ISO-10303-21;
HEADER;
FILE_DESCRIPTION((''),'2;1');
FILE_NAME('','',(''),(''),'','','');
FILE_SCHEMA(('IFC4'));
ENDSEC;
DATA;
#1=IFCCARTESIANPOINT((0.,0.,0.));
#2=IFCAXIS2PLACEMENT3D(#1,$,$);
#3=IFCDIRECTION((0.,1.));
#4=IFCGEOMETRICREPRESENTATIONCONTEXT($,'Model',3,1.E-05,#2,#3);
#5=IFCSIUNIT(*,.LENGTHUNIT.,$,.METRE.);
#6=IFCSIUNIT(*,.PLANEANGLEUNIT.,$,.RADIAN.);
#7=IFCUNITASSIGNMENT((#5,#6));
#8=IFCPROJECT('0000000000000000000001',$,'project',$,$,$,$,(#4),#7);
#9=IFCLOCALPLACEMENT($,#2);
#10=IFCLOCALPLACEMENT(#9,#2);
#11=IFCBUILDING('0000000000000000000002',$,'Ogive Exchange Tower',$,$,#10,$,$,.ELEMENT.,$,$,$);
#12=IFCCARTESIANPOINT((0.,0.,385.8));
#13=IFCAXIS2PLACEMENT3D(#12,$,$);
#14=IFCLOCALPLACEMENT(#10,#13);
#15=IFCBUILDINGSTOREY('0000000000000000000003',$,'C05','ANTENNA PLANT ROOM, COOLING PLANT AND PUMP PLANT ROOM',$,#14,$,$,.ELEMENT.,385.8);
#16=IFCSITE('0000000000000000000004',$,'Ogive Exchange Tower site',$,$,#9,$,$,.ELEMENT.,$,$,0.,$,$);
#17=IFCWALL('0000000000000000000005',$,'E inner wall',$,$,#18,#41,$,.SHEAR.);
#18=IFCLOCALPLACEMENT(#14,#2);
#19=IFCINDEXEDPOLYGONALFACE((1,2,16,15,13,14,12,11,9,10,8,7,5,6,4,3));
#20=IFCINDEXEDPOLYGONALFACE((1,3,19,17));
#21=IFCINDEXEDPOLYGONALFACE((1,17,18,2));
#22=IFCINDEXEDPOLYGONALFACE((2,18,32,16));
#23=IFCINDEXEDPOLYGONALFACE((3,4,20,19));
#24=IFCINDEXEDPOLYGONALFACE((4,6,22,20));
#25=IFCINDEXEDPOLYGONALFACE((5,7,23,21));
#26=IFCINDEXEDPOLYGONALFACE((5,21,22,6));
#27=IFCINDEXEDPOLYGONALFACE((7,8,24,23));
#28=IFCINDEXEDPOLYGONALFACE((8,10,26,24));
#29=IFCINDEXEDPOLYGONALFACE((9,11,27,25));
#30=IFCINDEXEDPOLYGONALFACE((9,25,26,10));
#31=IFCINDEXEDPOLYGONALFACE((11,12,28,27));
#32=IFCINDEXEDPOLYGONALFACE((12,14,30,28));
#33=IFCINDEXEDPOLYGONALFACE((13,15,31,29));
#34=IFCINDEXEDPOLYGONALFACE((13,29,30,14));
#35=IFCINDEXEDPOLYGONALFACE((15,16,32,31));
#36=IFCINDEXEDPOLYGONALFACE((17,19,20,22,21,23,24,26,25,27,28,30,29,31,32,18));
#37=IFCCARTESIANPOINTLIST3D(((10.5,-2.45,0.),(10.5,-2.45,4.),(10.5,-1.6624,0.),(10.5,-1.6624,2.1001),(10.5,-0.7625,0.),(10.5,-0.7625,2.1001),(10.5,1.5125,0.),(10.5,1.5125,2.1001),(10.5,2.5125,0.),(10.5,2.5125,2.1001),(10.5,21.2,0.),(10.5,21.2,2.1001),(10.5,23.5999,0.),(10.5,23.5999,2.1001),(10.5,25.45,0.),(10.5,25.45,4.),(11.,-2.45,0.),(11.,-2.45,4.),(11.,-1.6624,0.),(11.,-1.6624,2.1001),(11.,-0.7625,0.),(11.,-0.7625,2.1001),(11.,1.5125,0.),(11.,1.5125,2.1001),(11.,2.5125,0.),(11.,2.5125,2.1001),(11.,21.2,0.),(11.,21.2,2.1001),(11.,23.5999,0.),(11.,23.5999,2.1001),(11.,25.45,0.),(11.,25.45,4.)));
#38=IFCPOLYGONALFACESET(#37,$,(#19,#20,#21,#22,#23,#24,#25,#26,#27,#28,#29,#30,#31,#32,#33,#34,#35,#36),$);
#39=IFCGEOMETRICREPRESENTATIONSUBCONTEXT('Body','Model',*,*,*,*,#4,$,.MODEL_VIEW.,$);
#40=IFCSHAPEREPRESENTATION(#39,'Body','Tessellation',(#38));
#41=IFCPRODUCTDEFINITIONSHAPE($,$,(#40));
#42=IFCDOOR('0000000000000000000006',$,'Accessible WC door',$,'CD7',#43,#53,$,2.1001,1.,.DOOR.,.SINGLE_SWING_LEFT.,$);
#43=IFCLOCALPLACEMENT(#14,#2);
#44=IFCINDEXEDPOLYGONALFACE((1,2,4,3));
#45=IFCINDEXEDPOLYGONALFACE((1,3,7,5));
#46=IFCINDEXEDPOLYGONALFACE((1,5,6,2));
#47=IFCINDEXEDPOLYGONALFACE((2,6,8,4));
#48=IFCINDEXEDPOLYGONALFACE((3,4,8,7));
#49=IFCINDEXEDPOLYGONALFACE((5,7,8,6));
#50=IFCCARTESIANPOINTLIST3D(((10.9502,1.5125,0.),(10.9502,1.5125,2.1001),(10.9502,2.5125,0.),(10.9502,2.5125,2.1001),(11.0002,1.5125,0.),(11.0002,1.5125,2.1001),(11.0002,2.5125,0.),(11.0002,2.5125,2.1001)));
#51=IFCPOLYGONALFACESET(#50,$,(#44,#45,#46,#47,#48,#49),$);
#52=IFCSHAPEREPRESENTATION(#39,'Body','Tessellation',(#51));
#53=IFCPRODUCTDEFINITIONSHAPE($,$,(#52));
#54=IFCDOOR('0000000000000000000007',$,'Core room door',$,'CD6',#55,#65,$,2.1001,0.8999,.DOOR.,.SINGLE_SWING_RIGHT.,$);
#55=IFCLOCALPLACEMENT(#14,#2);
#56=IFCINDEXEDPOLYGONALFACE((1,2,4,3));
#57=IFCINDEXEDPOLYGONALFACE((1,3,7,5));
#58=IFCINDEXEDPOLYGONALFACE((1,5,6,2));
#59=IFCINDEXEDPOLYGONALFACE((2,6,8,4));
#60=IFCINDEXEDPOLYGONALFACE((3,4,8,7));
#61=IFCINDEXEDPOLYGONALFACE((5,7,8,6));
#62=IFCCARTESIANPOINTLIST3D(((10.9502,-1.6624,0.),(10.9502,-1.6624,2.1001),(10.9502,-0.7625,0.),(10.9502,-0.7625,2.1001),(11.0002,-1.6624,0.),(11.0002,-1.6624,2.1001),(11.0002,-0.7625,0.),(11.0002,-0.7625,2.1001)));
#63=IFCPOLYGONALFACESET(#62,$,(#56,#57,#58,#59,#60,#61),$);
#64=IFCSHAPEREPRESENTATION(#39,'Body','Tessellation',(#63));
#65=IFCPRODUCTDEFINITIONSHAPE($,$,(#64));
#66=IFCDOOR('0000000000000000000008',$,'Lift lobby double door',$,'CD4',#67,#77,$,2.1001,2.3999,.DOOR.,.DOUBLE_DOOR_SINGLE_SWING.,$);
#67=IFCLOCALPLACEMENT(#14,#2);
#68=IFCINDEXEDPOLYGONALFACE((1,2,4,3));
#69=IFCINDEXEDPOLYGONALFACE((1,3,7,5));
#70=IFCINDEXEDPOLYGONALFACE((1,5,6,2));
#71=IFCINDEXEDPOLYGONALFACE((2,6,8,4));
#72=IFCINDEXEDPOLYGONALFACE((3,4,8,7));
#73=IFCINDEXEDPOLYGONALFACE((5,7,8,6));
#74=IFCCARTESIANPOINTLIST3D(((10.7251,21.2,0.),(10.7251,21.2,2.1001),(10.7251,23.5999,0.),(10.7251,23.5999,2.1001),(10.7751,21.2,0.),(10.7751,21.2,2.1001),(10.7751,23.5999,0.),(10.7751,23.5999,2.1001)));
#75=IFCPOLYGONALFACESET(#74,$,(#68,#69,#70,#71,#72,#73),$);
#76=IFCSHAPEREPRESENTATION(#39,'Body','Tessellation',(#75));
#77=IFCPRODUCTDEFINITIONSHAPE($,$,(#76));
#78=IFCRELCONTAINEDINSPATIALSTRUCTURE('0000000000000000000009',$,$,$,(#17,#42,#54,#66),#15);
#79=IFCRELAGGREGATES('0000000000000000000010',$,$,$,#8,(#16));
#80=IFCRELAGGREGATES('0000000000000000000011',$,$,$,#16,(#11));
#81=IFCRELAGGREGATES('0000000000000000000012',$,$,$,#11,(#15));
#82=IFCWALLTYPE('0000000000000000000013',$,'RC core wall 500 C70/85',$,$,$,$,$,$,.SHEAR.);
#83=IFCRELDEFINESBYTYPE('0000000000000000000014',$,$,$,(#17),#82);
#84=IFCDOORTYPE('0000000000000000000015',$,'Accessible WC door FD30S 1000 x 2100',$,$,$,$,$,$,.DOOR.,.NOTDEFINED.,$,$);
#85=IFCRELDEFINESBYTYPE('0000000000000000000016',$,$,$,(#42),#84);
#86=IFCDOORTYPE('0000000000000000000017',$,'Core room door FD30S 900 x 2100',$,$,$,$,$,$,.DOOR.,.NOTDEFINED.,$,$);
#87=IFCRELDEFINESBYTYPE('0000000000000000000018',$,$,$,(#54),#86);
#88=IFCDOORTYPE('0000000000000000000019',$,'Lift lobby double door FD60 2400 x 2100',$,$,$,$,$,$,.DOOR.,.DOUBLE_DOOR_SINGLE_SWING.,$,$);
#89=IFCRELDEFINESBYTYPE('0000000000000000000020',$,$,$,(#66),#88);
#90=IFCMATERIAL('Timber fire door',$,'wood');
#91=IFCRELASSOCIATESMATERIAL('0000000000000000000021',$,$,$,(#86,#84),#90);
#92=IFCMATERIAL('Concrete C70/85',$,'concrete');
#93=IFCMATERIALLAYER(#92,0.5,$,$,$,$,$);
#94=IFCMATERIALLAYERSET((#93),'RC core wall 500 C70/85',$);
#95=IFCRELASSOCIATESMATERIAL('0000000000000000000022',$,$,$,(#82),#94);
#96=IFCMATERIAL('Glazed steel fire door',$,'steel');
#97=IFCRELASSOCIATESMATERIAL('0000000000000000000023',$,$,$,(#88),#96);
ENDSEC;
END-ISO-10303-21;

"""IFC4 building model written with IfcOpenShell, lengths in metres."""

from ifc_helpers import new_model, si_unit, direction, frame, frame_2d, origin, place, context, subcontext, project, spatial, rectangle, extrude, material, layer, layer_set, type_object, element, fill, save


model = new_model("IFC4")

# Units and contexts
model_context = context("Model", 3, precision=1e-05, world=origin(), true_north=direction((0.0, 1.0)))
body_context = subcontext(model_context, "Body", "Model", "MODEL_VIEW")
ifc_project = project(units=[si_unit("LENGTHUNIT", "METRE"), si_unit("PLANEANGLEUNIT", "RADIAN")], contexts=[model_context])

# Site, building, storey
site_placement = place(None, origin())
site = spatial("IfcSite", under=ifc_project, at=site_placement, Name="Ogive Exchange Tower site", CompositionType="ELEMENT", RefElevation=0.0)
building_placement = place(site_placement, origin())
building = spatial("IfcBuilding", under=site, at=building_placement, Name="Ogive Exchange Tower", CompositionType="ELEMENT")
storey_placement = place(building_placement, frame((0.0, 0.0, 385.8)))
storey = spatial("IfcBuildingStorey", under=building, at=storey_placement, Name="C05", Description="ANTENNA PLANT ROOM, COOLING PLANT AND PUMP PLANT ROOM", CompositionType="ELEMENT", Elevation=385.8)

# Shared definitions
ifc_material_1 = material(Name="Concrete C70/85", Category="concrete")

# Shared definitions
ifc_material_2 = material(Name="Timber fire door", Category="wood")
door_type_1 = type_object("IfcDoorType", Name="Core room door FD30S 900 x 2100", OperationType="NOTDEFINED", PredefinedType="DOOR", material=ifc_material_2)

# Wall, openings, doors
ifc_layer_1 = layer(ifc_material_1, 0.5)
ifc_layer_set_1 = layer_set([ifc_layer_1], Name="RC core wall 500 C70/85")
wall_type_1 = type_object("IfcWallType", Name="RC core wall 500 C70/85", PredefinedType="SHEAR", material=ifc_layer_set_1)
wall_1_placement = place(storey_placement, frame((10.75, -2.45, 0.0), z_axis=(0.0, 0.0, 1.0), x_axis=(0.0, 1.0, 0.0)))
wall_1 = element("IfcWall", 1, at=wall_1_placement, inside=storey, type_object=wall_type_1, Name="E inner wall", PredefinedType="SHEAR", context=body_context, shape_type="SweptSolid", body=[
    extrude(rectangle(XDim=27.8999, YDim=0.5, at=frame_2d((13.95, 0.0))), origin(), (0.0, 0.0, 1.0), 4.0),
])
opening_1_placement = place(wall_1_placement, frame((23.6499, 0.0, 0.0)))
opening_1 = element("IfcOpeningElement", 2, at=opening_1_placement, cuts=wall_1, PredefinedType="OPENING", context=body_context, shape_type="SweptSolid", body=[
    extrude(rectangle(XDim=2.3999, YDim=2.1001, at=frame_2d((1.2, 1.05))), frame((0.0, 0.26, 0.0), z_axis=(0.0, -1.0, 0.0), x_axis=(1.0, 0.0, 0.0)), (0.0, 0.0, 1.0), 0.52),
])
opening_2_placement = place(wall_1_placement, frame((0.7876, 0.0, 0.0)))
opening_2 = element("IfcOpeningElement", 3, at=opening_2_placement, cuts=wall_1, PredefinedType="OPENING", context=body_context, shape_type="SweptSolid", body=[
    extrude(rectangle(XDim=0.8999, YDim=2.1001, at=frame_2d((0.45, 1.05))), frame((0.0, 0.26, 0.0), z_axis=(0.0, -1.0, 0.0), x_axis=(1.0, 0.0, 0.0)), (0.0, 0.0, 1.0), 0.52),
])
opening_3_placement = place(wall_1_placement, frame((3.9624, 0.0, 0.0)))
opening_3 = element("IfcOpeningElement", 4, at=opening_3_placement, cuts=wall_1, PredefinedType="OPENING", context=body_context, shape_type="SweptSolid", body=[
    extrude(rectangle(XDim=1.0, YDim=2.1001, at=frame_2d((0.5, 1.05))), frame((0.0, 0.26, 0.0), z_axis=(0.0, -1.0, 0.0), x_axis=(1.0, 0.0, 0.0)), (0.0, 0.0, 1.0), 0.52),
])
door_type_2 = type_object("IfcDoorType", Name="Accessible WC door FD30S 1000 x 2100", OperationType="NOTDEFINED", PredefinedType="DOOR", material=ifc_material_2)
door_1_placement = place(opening_3_placement, origin())
door_1 = element("IfcDoor", 5, at=door_1_placement, inside=storey, type_object=door_type_2, Name="Accessible WC door", ObjectType="CD7", OperationType="SINGLE_SWING_LEFT", OverallHeight=2.1001, OverallWidth=1.0, PredefinedType="DOOR", context=body_context, shape_type="SweptSolid", body=[
    extrude(rectangle(XDim=1.0, YDim=2.1001, at=frame_2d((0.5, 1.05))), frame((0.0, -0.2002, 0.0), z_axis=(0.0, -1.0, 0.0), x_axis=(1.0, 0.0, 0.0)), (0.0, 0.0, 1.0), 0.05),
])
fill(opening_3, door_1)
door_2_placement = place(opening_2_placement, origin())
door_2 = element("IfcDoor", 6, at=door_2_placement, inside=storey, type_object=door_type_1, Name="Core room door", ObjectType="CD6", OperationType="SINGLE_SWING_RIGHT", OverallHeight=2.1001, OverallWidth=0.8999, PredefinedType="DOOR", context=body_context, shape_type="SweptSolid", body=[
    extrude(rectangle(XDim=0.8999, YDim=2.1001, at=frame_2d((0.45, 1.05))), frame((0.0, -0.2002, 0.0), z_axis=(0.0, -1.0, 0.0), x_axis=(1.0, 0.0, 0.0)), (0.0, 0.0, 1.0), 0.05),
])
fill(opening_2, door_2)
ifc_material_3 = material(Name="Glazed steel fire door", Category="steel")
door_type_3 = type_object("IfcDoorType", Name="Lift lobby double door FD60 2400 x 2100", OperationType="DOUBLE_DOOR_SINGLE_SWING", PredefinedType="DOOR", material=ifc_material_3)
door_3_placement = place(opening_1_placement, origin())
door_3 = element("IfcDoor", 7, at=door_3_placement, inside=storey, type_object=door_type_3, Name="Lift lobby double door", ObjectType="CD4", OperationType="DOUBLE_DOOR_SINGLE_SWING", OverallHeight=2.1001, OverallWidth=2.3999, PredefinedType="DOOR", context=body_context, shape_type="SweptSolid", body=[
    extrude(rectangle(XDim=2.3999, YDim=2.1001, at=frame_2d((1.2, 1.05))), frame((0.0, 0.0249, 0.0), z_axis=(0.0, -1.0, 0.0), x_axis=(1.0, 0.0, 0.0)), (0.0, 0.0, 1.0), 0.05),
])
fill(opening_1, door_3)

save(model, "model.ifc")
